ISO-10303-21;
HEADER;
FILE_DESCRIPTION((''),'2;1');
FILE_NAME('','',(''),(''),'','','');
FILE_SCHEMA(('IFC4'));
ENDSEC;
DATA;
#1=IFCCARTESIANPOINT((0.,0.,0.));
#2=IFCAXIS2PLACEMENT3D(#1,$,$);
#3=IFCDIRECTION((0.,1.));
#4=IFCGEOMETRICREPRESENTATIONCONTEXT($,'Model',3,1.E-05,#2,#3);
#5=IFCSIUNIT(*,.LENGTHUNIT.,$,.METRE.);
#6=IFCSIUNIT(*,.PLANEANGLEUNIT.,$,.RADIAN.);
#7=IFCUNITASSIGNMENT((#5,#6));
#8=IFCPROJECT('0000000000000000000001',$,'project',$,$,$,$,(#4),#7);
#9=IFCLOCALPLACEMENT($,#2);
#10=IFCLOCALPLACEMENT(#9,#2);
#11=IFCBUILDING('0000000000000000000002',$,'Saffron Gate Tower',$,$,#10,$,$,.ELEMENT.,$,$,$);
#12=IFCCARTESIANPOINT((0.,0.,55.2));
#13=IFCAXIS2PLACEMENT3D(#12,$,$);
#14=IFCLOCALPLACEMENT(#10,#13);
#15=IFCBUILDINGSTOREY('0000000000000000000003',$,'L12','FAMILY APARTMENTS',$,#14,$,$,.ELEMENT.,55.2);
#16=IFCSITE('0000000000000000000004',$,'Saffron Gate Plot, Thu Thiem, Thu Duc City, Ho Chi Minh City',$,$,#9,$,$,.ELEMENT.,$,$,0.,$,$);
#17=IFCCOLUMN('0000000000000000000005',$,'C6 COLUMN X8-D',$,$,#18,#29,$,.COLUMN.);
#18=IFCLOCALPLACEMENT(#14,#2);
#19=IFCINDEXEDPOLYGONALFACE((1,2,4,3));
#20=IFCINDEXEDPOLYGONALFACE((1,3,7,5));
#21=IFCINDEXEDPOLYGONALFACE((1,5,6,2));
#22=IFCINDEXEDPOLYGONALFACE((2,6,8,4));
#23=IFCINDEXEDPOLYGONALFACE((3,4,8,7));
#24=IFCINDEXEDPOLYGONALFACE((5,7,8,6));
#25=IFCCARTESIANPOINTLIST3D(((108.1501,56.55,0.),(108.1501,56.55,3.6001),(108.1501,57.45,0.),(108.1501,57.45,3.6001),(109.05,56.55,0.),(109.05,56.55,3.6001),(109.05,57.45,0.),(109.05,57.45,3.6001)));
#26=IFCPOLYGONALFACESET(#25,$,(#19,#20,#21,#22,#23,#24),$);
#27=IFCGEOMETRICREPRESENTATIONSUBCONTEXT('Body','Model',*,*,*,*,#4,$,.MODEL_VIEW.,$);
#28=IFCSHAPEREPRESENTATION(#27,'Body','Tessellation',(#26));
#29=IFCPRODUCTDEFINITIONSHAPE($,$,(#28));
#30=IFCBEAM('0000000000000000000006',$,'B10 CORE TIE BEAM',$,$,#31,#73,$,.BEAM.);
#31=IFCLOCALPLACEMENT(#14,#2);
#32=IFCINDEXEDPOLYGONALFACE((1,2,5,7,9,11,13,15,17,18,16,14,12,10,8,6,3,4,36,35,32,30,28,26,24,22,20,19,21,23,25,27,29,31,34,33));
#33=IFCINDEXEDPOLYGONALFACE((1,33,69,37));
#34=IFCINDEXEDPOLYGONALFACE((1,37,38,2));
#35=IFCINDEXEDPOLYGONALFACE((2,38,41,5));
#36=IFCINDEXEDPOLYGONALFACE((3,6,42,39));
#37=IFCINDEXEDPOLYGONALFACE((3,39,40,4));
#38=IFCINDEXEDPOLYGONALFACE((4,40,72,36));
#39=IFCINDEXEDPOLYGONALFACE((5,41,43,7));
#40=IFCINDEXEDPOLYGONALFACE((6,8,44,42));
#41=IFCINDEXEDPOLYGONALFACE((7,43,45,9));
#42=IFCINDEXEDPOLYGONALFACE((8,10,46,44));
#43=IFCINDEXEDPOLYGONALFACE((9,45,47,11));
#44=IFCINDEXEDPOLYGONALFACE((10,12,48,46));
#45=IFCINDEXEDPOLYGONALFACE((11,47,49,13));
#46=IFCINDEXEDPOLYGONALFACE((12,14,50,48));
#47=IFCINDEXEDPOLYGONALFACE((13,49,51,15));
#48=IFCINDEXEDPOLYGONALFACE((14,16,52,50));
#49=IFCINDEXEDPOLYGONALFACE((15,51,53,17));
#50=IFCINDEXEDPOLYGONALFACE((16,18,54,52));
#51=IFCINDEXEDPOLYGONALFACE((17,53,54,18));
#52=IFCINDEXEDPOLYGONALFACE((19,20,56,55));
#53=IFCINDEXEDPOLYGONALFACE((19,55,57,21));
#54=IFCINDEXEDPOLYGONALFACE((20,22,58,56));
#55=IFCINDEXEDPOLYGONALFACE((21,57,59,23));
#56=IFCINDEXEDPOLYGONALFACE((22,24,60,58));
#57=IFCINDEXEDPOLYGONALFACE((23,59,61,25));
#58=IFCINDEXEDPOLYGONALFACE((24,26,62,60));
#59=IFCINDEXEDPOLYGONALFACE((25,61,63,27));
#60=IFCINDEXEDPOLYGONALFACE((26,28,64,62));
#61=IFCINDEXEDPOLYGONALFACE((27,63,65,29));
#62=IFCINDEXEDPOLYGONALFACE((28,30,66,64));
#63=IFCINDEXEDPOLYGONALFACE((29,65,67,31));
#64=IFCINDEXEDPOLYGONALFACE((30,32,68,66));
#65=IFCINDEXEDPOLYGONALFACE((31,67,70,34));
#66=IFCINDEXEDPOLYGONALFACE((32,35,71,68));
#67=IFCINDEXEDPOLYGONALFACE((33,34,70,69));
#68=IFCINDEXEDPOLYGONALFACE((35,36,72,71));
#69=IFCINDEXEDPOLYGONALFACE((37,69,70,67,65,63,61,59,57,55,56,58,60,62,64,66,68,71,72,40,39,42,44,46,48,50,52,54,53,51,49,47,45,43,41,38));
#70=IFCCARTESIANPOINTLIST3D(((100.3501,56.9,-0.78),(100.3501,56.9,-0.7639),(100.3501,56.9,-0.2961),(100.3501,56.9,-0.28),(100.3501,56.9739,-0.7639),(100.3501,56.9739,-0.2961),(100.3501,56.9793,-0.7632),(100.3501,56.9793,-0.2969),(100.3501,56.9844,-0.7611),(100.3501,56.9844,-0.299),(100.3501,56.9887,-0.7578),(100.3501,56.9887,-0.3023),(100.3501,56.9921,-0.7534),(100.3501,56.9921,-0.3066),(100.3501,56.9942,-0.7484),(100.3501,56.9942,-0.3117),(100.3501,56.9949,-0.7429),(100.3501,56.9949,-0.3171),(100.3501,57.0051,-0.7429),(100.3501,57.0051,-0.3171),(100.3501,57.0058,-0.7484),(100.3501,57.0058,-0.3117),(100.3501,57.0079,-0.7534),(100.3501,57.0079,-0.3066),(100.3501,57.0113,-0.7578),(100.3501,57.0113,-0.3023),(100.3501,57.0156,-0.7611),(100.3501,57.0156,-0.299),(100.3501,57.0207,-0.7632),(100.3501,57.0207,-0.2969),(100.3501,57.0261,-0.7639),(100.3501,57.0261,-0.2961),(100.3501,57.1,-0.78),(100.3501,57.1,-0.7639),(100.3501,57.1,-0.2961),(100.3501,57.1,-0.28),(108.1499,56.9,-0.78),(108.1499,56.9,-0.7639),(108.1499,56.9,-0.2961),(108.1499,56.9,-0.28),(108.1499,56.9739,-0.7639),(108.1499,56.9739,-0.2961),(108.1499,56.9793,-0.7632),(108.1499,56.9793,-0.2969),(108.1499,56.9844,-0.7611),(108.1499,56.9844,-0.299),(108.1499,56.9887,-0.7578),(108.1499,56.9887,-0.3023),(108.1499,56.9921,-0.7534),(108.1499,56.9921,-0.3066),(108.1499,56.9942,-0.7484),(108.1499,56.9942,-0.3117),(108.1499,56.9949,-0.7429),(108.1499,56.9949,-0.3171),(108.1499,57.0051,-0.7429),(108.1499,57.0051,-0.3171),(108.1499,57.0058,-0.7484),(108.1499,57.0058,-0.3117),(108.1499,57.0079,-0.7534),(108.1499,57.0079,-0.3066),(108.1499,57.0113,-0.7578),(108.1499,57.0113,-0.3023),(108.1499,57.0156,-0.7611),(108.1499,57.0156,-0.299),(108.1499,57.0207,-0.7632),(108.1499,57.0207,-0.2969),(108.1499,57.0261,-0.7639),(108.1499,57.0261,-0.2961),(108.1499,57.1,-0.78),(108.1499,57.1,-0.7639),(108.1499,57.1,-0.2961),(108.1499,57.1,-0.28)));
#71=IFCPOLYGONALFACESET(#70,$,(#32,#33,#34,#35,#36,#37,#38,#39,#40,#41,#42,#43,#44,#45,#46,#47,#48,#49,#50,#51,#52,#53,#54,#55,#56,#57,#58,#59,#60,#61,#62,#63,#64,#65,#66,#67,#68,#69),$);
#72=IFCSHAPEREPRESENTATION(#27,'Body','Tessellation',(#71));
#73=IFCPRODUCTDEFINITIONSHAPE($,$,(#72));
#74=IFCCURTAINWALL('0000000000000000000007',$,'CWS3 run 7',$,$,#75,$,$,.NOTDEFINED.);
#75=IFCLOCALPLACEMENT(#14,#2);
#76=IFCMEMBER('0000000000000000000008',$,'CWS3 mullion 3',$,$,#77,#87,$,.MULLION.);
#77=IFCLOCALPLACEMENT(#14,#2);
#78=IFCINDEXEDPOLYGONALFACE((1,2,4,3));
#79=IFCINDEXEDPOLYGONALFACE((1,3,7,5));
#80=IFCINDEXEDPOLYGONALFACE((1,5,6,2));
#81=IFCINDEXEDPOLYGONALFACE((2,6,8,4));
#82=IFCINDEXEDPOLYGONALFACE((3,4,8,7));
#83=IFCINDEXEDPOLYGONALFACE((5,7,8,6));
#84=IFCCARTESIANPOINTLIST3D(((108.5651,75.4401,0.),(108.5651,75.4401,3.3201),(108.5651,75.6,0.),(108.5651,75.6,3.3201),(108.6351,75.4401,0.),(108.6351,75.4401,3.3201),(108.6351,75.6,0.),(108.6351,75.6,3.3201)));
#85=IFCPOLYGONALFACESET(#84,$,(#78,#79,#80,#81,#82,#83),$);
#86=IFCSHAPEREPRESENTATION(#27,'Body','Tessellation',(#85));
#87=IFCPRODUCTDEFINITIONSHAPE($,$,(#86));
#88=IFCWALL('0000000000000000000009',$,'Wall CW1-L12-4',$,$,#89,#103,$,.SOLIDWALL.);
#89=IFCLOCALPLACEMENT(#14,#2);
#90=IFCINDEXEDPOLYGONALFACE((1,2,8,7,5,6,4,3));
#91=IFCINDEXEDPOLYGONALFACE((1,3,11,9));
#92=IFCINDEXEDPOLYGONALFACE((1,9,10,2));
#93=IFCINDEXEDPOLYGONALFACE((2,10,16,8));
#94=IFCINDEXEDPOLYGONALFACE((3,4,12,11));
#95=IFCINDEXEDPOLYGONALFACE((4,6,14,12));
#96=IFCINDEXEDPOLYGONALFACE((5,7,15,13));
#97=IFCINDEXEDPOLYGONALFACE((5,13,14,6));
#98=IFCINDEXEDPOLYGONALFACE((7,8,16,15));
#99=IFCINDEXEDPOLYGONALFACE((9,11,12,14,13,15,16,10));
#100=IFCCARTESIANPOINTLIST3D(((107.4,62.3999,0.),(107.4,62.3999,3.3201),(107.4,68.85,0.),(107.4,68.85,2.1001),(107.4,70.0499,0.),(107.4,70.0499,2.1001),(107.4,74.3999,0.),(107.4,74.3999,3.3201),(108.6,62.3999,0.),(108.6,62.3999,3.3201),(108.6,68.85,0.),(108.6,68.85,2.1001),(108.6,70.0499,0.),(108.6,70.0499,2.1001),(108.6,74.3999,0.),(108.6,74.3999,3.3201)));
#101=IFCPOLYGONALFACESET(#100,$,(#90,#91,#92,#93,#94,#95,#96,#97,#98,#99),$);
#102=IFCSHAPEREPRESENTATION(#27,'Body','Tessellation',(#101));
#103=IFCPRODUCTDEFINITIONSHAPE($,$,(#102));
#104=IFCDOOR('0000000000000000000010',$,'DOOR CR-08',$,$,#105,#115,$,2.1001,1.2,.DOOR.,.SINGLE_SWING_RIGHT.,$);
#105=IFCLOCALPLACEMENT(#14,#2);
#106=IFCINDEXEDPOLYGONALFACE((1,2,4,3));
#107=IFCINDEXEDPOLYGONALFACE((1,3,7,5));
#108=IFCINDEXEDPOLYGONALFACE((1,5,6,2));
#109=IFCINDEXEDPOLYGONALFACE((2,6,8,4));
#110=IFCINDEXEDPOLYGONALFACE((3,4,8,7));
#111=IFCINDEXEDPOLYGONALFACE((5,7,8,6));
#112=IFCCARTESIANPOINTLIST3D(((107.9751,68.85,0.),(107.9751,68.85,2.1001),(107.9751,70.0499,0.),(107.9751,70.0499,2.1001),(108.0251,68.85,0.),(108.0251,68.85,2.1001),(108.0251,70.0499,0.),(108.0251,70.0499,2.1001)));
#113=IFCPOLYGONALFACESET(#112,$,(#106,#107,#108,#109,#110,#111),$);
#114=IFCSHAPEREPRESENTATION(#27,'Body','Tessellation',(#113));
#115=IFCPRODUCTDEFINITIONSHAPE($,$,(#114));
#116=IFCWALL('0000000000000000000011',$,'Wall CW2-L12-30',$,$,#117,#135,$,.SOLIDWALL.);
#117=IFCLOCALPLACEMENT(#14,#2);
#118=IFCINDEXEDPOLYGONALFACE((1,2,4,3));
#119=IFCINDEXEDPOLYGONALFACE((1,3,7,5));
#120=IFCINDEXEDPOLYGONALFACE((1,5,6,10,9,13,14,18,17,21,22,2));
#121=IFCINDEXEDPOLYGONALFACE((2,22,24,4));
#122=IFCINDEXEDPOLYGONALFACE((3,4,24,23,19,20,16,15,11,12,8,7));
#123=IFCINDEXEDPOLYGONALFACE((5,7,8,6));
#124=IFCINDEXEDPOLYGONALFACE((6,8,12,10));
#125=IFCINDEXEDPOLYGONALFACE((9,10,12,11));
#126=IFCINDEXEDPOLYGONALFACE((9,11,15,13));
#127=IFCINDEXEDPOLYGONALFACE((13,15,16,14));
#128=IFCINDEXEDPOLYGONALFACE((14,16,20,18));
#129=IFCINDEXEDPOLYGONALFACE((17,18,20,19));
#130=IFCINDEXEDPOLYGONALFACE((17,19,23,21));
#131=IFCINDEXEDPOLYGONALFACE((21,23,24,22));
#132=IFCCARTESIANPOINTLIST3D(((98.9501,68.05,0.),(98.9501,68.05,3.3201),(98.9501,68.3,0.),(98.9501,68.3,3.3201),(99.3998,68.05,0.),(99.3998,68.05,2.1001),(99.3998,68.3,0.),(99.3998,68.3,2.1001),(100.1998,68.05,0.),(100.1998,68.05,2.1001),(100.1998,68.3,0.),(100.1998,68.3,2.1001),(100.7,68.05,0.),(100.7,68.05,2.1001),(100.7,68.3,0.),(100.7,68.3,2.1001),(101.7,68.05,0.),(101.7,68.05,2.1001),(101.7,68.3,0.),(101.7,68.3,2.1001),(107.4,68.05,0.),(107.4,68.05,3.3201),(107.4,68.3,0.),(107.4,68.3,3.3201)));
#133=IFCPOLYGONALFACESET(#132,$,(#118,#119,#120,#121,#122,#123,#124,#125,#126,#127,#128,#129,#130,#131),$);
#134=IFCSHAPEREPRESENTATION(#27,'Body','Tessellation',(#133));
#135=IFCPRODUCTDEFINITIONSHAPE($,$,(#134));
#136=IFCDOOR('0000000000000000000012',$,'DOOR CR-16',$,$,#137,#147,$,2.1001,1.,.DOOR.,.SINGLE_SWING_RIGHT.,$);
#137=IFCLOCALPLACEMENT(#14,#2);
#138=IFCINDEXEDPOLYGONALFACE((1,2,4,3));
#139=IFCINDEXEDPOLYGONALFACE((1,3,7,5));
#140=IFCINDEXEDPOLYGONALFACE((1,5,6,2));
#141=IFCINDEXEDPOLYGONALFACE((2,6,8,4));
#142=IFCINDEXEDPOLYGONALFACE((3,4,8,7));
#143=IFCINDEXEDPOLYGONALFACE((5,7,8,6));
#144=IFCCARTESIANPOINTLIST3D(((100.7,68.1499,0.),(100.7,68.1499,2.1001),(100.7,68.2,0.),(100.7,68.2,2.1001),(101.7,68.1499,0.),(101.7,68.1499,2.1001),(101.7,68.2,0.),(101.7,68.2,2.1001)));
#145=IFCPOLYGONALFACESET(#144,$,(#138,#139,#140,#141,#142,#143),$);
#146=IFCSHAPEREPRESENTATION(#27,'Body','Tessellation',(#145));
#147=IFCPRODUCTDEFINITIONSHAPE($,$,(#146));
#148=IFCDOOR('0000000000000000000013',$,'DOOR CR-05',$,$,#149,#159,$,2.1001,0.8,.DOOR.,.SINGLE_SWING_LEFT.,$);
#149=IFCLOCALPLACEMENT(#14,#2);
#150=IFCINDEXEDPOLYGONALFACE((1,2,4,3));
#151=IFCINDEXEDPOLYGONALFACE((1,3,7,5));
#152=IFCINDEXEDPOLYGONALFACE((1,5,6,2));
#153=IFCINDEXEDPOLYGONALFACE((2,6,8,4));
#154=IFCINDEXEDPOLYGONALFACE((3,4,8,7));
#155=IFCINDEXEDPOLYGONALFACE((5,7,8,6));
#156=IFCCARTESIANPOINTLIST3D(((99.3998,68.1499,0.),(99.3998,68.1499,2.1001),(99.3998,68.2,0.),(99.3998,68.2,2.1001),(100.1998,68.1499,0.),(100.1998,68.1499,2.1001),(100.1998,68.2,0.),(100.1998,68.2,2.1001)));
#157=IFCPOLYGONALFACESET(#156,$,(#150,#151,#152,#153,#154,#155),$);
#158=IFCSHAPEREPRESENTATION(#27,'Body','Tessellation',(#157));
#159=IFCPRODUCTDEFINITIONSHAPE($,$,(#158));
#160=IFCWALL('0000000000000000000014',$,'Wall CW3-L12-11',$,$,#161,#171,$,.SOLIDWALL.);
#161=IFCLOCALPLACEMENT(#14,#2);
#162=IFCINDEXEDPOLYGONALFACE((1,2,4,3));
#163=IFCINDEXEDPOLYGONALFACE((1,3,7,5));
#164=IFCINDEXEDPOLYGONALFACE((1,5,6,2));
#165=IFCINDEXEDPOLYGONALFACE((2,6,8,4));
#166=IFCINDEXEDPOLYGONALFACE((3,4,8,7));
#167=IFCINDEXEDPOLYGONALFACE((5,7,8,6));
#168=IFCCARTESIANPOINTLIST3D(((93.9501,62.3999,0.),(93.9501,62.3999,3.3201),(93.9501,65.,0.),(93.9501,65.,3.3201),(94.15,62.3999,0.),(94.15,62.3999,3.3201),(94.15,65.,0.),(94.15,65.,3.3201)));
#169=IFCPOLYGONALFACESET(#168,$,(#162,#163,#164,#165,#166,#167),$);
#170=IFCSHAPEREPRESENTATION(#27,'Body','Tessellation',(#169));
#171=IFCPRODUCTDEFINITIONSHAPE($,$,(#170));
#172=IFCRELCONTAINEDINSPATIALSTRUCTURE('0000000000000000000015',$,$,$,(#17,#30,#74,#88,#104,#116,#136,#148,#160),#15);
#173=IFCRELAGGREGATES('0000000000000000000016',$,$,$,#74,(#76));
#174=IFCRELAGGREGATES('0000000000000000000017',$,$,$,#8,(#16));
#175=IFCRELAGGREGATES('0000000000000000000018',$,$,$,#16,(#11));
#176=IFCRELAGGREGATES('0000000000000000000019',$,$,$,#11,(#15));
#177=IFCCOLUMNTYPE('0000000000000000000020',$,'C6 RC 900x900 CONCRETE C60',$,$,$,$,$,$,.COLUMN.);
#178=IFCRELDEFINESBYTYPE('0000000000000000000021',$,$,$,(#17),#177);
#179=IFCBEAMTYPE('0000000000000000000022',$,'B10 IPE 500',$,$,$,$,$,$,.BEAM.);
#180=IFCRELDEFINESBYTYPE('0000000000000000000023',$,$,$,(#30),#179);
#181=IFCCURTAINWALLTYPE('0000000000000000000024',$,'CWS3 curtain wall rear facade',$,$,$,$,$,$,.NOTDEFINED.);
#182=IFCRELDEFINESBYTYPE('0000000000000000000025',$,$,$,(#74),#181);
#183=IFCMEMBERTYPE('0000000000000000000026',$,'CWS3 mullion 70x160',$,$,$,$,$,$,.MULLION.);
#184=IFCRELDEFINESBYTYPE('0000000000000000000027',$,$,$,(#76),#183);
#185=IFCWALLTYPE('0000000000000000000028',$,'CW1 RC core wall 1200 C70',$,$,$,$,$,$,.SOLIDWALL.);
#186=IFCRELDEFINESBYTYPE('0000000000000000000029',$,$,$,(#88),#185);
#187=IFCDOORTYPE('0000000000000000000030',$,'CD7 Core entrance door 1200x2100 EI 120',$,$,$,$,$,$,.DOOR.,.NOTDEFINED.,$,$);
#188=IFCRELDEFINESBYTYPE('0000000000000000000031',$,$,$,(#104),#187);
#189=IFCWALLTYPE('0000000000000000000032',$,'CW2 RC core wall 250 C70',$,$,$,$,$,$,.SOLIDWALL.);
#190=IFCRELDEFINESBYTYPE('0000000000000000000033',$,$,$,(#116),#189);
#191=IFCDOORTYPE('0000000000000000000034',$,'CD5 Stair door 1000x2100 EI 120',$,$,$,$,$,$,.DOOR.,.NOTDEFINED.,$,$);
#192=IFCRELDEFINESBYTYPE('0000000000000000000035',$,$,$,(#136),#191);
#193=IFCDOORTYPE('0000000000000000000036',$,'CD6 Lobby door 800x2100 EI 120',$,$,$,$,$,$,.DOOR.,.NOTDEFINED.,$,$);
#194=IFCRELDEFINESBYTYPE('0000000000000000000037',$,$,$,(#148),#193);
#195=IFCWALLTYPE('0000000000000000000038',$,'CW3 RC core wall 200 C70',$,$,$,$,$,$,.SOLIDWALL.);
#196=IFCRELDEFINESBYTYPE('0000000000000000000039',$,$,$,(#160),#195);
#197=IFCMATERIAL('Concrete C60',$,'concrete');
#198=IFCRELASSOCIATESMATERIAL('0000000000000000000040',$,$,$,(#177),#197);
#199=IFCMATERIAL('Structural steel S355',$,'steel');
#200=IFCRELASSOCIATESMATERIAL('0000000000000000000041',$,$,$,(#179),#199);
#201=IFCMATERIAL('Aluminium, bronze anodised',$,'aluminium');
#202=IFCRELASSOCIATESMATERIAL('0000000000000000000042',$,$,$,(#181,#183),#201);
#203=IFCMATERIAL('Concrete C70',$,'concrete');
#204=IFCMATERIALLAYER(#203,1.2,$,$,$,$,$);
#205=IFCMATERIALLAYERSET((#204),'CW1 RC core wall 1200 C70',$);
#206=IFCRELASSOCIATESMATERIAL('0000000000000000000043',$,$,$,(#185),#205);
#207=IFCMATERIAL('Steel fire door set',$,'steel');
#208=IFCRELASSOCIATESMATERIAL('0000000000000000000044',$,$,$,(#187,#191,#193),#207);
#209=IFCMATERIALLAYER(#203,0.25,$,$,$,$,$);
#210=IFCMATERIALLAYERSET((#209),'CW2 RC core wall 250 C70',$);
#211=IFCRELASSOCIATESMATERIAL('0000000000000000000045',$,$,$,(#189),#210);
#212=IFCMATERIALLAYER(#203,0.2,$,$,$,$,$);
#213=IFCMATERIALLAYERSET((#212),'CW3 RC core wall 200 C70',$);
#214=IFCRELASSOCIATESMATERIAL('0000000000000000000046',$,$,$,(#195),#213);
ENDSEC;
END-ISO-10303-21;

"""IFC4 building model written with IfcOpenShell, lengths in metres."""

from ifc_helpers import new_model, si_unit, direction, frame, frame_2d, origin, origin_2d, place, context, subcontext, project, spatial, rectangle, i_section, extrude, material, layer, layer_set, material_profile, profile_set, type_object, element, fill, aggregate, save


model = new_model("IFC4")

# Units and contexts
model_context = context("Model", 3, precision=1e-05, world=origin(), true_north=direction((0.0, 1.0)))
body_context = subcontext(model_context, "Body", "Model", "MODEL_VIEW")
ifc_project = project(units=[si_unit("LENGTHUNIT", "METRE"), si_unit("PLANEANGLEUNIT", "RADIAN")], contexts=[model_context])

# Site, building, storey
site_placement = place(None, origin())
site = spatial("IfcSite", under=ifc_project, at=site_placement, Name="Saffron Gate Plot, Thu Thiem, Thu Duc City, Ho Chi Minh City", CompositionType="ELEMENT", RefElevation=0.0)
building_placement = place(site_placement, origin())
building = spatial("IfcBuilding", under=site, at=building_placement, Name="Saffron Gate Tower", CompositionType="ELEMENT")
storey_placement = place(building_placement, frame((0.0, 0.0, 55.2)))
storey = spatial("IfcBuildingStorey", under=building, at=storey_placement, Name="L12", Description="FAMILY APARTMENTS", CompositionType="ELEMENT", Elevation=55.2)

# Column
ifc_material_1 = material(Name="Concrete C60", Category="concrete")
ifc_material_profile_1 = material_profile(ifc_material_1, rectangle(XDim=0.8999, YDim=0.8999, at=origin_2d()))
ifc_profile_set_1 = profile_set([ifc_material_profile_1], Name="Concrete C60")
column_type = type_object("IfcColumnType", Name="C6 RC 900x900 CONCRETE C60", PredefinedType="COLUMN", material=ifc_profile_set_1)
column_placement = place(storey_placement, frame((108.6001, 57.0, 0.0), z_axis=(0.0, 0.0, 1.0), x_axis=(1.0, 0.0, 0.0)))
element("IfcColumn", 1, at=column_placement, inside=storey, type_object=column_type, Name="C6 COLUMN X8-D", PredefinedType="COLUMN", context=body_context, shape_type="SweptSolid", body=[
    extrude(rectangle(XDim=0.8999, YDim=0.8999, at=origin_2d()), origin(), (0.0, 0.0, 1.0), 3.6001),
])

# Beam
ifc_material_2 = material(Name="Structural steel S355", Category="steel")
ifc_material_profile_2 = material_profile(ifc_material_2, i_section(OverallWidth=0.2, OverallDepth=0.5, WebThickness=0.0103, FlangeThickness=0.0161, FilletRadius=0.021, at=origin_2d()))
ifc_profile_set_2 = profile_set([ifc_material_profile_2], Name="Structural steel S355")
beam_type = type_object("IfcBeamType", Name="B10 IPE 500", PredefinedType="BEAM", material=ifc_profile_set_2)
beam_placement = place(storey_placement, frame((108.1499, 57.0, -0.53), z_axis=(-1.0, 0.0, 0.0), x_axis=(0.0, -1.0, 0.0)))
element("IfcBeam", 2, at=beam_placement, inside=storey, type_object=beam_type, Name="B10 CORE TIE BEAM", PredefinedType="BEAM", context=body_context, shape_type="SweptSolid", body=[
    extrude(i_section(OverallWidth=0.2, OverallDepth=0.5, WebThickness=0.0103, FlangeThickness=0.0161, FilletRadius=0.021, at=origin_2d()), origin(), (0.0, 0.0, 1.0), 7.7998),
])

# Curtain wall, member
ifc_material_3 = material(Name="Aluminium, bronze anodised", Category="aluminium")
curtain_wall_type = type_object("IfcCurtainWallType", Name="CWS3 curtain wall rear facade", PredefinedType="NOTDEFINED", material=ifc_material_3)
curtain_wall_placement = place(storey_placement, origin())
curtain_wall = element("IfcCurtainWall", 3, at=curtain_wall_placement, inside=storey, type_object=curtain_wall_type, Name="CWS3 run 7", PredefinedType="NOTDEFINED")
ifc_material_profile_3 = material_profile(ifc_material_3, rectangle(XDim=0.1599, YDim=0.0701, at=origin_2d()))
ifc_profile_set_3 = profile_set([ifc_material_profile_3], Name="Aluminium, bronze anodised")
member_type = type_object("IfcMemberType", Name="CWS3 mullion 70x160", PredefinedType="MULLION", material=ifc_profile_set_3)
member_placement = place(storey_placement, frame((108.6001, 75.52, 0.0), z_axis=(0.0, 0.0, 1.0), x_axis=(0.0, -1.0, 0.0)))
member = element("IfcMember", 4, at=member_placement, type_object=member_type, Name="CWS3 mullion 3", PredefinedType="MULLION", context=body_context, shape_type="SweptSolid", body=[
    extrude(rectangle(XDim=0.1599, YDim=0.0701, at=origin_2d()), origin(), (0.0, 0.0, 1.0), 3.3201),
])
aggregate(curtain_wall, [member])

# Wall, opening, door
ifc_material_4 = material(Name="Concrete C70", Category="concrete")
ifc_layer_1 = layer(ifc_material_4, 1.2)
ifc_layer_set_1 = layer_set([ifc_layer_1], Name="CW1 RC core wall 1200 C70")
wall_type_1 = type_object("IfcWallType", Name="CW1 RC core wall 1200 C70", PredefinedType="SOLIDWALL", material=ifc_layer_set_1)
wall_1_placement = place(storey_placement, frame((108.0, 62.3999, 0.0), z_axis=(0.0, 0.0, 1.0), x_axis=(0.0, 1.0, 0.0)))
wall_1 = element("IfcWall", 5, at=wall_1_placement, inside=storey, type_object=wall_type_1, Name="Wall CW1-L12-4", PredefinedType="SOLIDWALL", context=body_context, shape_type="SweptSolid", body=[
    extrude(rectangle(XDim=12.0, YDim=1.2, at=frame_2d((6.0, 0.0))), origin(), (0.0, 0.0, 1.0), 3.3201),
])
opening_1_placement = place(wall_1_placement, frame((6.45, 0.0, 0.0)))
opening_1 = element("IfcOpeningElement", 6, at=opening_1_placement, cuts=wall_1, PredefinedType="OPENING", context=body_context, shape_type="SweptSolid", body=[
    extrude(rectangle(XDim=1.2, YDim=2.1001, at=frame_2d((0.6001, 1.05))), frame((0.0, 0.6099, 0.0), z_axis=(0.0, -1.0, 0.0), x_axis=(1.0, 0.0, 0.0)), (0.0, 0.0, 1.0), 1.22),
])
ifc_material_5 = material(Name="Steel fire door set", Category="steel")
door_type_1 = type_object("IfcDoorType", Name="CD7 Core entrance door 1200x2100 EI 120", OperationType="NOTDEFINED", PredefinedType="DOOR", material=ifc_material_5)
door_1_placement = place(opening_1_placement, origin())
door_1 = element("IfcDoor", 7, at=door_1_placement, inside=storey, type_object=door_type_1, Name="DOOR CR-08", OperationType="SINGLE_SWING_RIGHT", OverallHeight=2.1001, OverallWidth=1.2, PredefinedType="DOOR", context=body_context, shape_type="SweptSolid", body=[
    extrude(rectangle(XDim=1.2, YDim=2.1001, at=frame_2d((0.6001, 1.05))), frame((0.0, 0.0249, 0.0), z_axis=(0.0, -1.0, 0.0), x_axis=(1.0, 0.0, 0.0)), (0.0, 0.0, 1.0), 0.05),
])
fill(opening_1, door_1)

# Wall, openings, doors
ifc_layer_2 = layer(ifc_material_4, 0.25)
ifc_layer_set_2 = layer_set([ifc_layer_2], Name="CW2 RC core wall 250 C70")
wall_type_2 = type_object("IfcWallType", Name="CW2 RC core wall 250 C70", PredefinedType="SOLIDWALL", material=ifc_layer_set_2)
wall_2_placement = place(storey_placement, frame((98.95, 68.175, 0.0), z_axis=(0.0, 0.0, 1.0), x_axis=(1.0, 0.0, 0.0)))
wall_2 = element("IfcWall", 8, at=wall_2_placement, inside=storey, type_object=wall_type_2, Name="Wall CW2-L12-30", PredefinedType="SOLIDWALL", context=body_context, shape_type="SweptSolid", body=[
    extrude(rectangle(XDim=8.45, YDim=0.25, at=frame_2d((4.2251, 0.0))), origin(), (0.0, 0.0, 1.0), 3.3201),
])
opening_2_placement = place(wall_2_placement, frame((0.45, 0.0, 0.0)))
opening_2 = element("IfcOpeningElement", 9, at=opening_2_placement, cuts=wall_2, PredefinedType="OPENING", context=body_context, shape_type="SweptSolid", body=[
    extrude(rectangle(XDim=0.8, YDim=2.1001, at=frame_2d((0.3999, 1.05))), frame((0.0, 0.135, 0.0), z_axis=(0.0, -1.0, 0.0), x_axis=(1.0, 0.0, 0.0)), (0.0, 0.0, 1.0), 0.27),
])
opening_3_placement = place(wall_2_placement, frame((1.75, 0.0, 0.0)))
opening_3 = element("IfcOpeningElement", 10, at=opening_3_placement, cuts=wall_2, PredefinedType="OPENING", context=body_context, shape_type="SweptSolid", body=[
    extrude(rectangle(XDim=1.0, YDim=2.1001, at=frame_2d((0.5, 1.05))), frame((0.0, 0.135, 0.0), z_axis=(0.0, -1.0, 0.0), x_axis=(1.0, 0.0, 0.0)), (0.0, 0.0, 1.0), 0.27),
])
door_type_2 = type_object("IfcDoorType", Name="CD5 Stair door 1000x2100 EI 120", OperationType="NOTDEFINED", PredefinedType="DOOR", material=ifc_material_5)
door_2_placement = place(opening_3_placement, origin())
door_2 = element("IfcDoor", 11, at=door_2_placement, inside=storey, type_object=door_type_2, Name="DOOR CR-16", OperationType="SINGLE_SWING_RIGHT", OverallHeight=2.1001, OverallWidth=1.0, PredefinedType="DOOR", context=body_context, shape_type="SweptSolid", body=[
    extrude(rectangle(XDim=1.0, YDim=2.1001, at=frame_2d((0.5, 1.05))), frame((0.0, 0.0249, 0.0), z_axis=(0.0, -1.0, 0.0), x_axis=(1.0, 0.0, 0.0)), (0.0, 0.0, 1.0), 0.05),
])
fill(opening_3, door_2)
door_type_3 = type_object("IfcDoorType", Name="CD6 Lobby door 800x2100 EI 120", OperationType="NOTDEFINED", PredefinedType="DOOR", material=ifc_material_5)
door_3_placement = place(opening_2_placement, origin())
door_3 = element("IfcDoor", 12, at=door_3_placement, inside=storey, type_object=door_type_3, Name="DOOR CR-05", OperationType="SINGLE_SWING_LEFT", OverallHeight=2.1001, OverallWidth=0.8, PredefinedType="DOOR", context=body_context, shape_type="SweptSolid", body=[
    extrude(rectangle(XDim=0.8, YDim=2.1001, at=frame_2d((0.3999, 1.05))), frame((0.0, 0.0249, 0.0), z_axis=(0.0, -1.0, 0.0), x_axis=(1.0, 0.0, 0.0)), (0.0, 0.0, 1.0), 0.05),
])
fill(opening_2, door_3)

# Wall
ifc_layer_3 = layer(ifc_material_4, 0.2)
ifc_layer_set_3 = layer_set([ifc_layer_3], Name="CW3 RC core wall 200 C70")
wall_type_3 = type_object("IfcWallType", Name="CW3 RC core wall 200 C70", PredefinedType="SOLIDWALL", material=ifc_layer_set_3)
for number, where, z_axis, x_axis, name in (
    (13, (94.05, 62.3999, 0.0), (0.0, 0.0, 1.0), (0.0, 1.0, 0.0), "Wall CW3-L12-11"),
):
    element("IfcWall", number, at=place(storey_placement, frame(where, z_axis=z_axis, x_axis=x_axis)), inside=storey, type_object=wall_type_3, Name=name, PredefinedType="SOLIDWALL", context=body_context, shape_type="SweptSolid", body=[
        extrude(rectangle(XDim=2.6001, YDim=0.2, at=frame_2d((1.3, 0.0))), origin(), (0.0, 0.0, 1.0), 3.3201),
    ])

save(model, "model.ifc")
